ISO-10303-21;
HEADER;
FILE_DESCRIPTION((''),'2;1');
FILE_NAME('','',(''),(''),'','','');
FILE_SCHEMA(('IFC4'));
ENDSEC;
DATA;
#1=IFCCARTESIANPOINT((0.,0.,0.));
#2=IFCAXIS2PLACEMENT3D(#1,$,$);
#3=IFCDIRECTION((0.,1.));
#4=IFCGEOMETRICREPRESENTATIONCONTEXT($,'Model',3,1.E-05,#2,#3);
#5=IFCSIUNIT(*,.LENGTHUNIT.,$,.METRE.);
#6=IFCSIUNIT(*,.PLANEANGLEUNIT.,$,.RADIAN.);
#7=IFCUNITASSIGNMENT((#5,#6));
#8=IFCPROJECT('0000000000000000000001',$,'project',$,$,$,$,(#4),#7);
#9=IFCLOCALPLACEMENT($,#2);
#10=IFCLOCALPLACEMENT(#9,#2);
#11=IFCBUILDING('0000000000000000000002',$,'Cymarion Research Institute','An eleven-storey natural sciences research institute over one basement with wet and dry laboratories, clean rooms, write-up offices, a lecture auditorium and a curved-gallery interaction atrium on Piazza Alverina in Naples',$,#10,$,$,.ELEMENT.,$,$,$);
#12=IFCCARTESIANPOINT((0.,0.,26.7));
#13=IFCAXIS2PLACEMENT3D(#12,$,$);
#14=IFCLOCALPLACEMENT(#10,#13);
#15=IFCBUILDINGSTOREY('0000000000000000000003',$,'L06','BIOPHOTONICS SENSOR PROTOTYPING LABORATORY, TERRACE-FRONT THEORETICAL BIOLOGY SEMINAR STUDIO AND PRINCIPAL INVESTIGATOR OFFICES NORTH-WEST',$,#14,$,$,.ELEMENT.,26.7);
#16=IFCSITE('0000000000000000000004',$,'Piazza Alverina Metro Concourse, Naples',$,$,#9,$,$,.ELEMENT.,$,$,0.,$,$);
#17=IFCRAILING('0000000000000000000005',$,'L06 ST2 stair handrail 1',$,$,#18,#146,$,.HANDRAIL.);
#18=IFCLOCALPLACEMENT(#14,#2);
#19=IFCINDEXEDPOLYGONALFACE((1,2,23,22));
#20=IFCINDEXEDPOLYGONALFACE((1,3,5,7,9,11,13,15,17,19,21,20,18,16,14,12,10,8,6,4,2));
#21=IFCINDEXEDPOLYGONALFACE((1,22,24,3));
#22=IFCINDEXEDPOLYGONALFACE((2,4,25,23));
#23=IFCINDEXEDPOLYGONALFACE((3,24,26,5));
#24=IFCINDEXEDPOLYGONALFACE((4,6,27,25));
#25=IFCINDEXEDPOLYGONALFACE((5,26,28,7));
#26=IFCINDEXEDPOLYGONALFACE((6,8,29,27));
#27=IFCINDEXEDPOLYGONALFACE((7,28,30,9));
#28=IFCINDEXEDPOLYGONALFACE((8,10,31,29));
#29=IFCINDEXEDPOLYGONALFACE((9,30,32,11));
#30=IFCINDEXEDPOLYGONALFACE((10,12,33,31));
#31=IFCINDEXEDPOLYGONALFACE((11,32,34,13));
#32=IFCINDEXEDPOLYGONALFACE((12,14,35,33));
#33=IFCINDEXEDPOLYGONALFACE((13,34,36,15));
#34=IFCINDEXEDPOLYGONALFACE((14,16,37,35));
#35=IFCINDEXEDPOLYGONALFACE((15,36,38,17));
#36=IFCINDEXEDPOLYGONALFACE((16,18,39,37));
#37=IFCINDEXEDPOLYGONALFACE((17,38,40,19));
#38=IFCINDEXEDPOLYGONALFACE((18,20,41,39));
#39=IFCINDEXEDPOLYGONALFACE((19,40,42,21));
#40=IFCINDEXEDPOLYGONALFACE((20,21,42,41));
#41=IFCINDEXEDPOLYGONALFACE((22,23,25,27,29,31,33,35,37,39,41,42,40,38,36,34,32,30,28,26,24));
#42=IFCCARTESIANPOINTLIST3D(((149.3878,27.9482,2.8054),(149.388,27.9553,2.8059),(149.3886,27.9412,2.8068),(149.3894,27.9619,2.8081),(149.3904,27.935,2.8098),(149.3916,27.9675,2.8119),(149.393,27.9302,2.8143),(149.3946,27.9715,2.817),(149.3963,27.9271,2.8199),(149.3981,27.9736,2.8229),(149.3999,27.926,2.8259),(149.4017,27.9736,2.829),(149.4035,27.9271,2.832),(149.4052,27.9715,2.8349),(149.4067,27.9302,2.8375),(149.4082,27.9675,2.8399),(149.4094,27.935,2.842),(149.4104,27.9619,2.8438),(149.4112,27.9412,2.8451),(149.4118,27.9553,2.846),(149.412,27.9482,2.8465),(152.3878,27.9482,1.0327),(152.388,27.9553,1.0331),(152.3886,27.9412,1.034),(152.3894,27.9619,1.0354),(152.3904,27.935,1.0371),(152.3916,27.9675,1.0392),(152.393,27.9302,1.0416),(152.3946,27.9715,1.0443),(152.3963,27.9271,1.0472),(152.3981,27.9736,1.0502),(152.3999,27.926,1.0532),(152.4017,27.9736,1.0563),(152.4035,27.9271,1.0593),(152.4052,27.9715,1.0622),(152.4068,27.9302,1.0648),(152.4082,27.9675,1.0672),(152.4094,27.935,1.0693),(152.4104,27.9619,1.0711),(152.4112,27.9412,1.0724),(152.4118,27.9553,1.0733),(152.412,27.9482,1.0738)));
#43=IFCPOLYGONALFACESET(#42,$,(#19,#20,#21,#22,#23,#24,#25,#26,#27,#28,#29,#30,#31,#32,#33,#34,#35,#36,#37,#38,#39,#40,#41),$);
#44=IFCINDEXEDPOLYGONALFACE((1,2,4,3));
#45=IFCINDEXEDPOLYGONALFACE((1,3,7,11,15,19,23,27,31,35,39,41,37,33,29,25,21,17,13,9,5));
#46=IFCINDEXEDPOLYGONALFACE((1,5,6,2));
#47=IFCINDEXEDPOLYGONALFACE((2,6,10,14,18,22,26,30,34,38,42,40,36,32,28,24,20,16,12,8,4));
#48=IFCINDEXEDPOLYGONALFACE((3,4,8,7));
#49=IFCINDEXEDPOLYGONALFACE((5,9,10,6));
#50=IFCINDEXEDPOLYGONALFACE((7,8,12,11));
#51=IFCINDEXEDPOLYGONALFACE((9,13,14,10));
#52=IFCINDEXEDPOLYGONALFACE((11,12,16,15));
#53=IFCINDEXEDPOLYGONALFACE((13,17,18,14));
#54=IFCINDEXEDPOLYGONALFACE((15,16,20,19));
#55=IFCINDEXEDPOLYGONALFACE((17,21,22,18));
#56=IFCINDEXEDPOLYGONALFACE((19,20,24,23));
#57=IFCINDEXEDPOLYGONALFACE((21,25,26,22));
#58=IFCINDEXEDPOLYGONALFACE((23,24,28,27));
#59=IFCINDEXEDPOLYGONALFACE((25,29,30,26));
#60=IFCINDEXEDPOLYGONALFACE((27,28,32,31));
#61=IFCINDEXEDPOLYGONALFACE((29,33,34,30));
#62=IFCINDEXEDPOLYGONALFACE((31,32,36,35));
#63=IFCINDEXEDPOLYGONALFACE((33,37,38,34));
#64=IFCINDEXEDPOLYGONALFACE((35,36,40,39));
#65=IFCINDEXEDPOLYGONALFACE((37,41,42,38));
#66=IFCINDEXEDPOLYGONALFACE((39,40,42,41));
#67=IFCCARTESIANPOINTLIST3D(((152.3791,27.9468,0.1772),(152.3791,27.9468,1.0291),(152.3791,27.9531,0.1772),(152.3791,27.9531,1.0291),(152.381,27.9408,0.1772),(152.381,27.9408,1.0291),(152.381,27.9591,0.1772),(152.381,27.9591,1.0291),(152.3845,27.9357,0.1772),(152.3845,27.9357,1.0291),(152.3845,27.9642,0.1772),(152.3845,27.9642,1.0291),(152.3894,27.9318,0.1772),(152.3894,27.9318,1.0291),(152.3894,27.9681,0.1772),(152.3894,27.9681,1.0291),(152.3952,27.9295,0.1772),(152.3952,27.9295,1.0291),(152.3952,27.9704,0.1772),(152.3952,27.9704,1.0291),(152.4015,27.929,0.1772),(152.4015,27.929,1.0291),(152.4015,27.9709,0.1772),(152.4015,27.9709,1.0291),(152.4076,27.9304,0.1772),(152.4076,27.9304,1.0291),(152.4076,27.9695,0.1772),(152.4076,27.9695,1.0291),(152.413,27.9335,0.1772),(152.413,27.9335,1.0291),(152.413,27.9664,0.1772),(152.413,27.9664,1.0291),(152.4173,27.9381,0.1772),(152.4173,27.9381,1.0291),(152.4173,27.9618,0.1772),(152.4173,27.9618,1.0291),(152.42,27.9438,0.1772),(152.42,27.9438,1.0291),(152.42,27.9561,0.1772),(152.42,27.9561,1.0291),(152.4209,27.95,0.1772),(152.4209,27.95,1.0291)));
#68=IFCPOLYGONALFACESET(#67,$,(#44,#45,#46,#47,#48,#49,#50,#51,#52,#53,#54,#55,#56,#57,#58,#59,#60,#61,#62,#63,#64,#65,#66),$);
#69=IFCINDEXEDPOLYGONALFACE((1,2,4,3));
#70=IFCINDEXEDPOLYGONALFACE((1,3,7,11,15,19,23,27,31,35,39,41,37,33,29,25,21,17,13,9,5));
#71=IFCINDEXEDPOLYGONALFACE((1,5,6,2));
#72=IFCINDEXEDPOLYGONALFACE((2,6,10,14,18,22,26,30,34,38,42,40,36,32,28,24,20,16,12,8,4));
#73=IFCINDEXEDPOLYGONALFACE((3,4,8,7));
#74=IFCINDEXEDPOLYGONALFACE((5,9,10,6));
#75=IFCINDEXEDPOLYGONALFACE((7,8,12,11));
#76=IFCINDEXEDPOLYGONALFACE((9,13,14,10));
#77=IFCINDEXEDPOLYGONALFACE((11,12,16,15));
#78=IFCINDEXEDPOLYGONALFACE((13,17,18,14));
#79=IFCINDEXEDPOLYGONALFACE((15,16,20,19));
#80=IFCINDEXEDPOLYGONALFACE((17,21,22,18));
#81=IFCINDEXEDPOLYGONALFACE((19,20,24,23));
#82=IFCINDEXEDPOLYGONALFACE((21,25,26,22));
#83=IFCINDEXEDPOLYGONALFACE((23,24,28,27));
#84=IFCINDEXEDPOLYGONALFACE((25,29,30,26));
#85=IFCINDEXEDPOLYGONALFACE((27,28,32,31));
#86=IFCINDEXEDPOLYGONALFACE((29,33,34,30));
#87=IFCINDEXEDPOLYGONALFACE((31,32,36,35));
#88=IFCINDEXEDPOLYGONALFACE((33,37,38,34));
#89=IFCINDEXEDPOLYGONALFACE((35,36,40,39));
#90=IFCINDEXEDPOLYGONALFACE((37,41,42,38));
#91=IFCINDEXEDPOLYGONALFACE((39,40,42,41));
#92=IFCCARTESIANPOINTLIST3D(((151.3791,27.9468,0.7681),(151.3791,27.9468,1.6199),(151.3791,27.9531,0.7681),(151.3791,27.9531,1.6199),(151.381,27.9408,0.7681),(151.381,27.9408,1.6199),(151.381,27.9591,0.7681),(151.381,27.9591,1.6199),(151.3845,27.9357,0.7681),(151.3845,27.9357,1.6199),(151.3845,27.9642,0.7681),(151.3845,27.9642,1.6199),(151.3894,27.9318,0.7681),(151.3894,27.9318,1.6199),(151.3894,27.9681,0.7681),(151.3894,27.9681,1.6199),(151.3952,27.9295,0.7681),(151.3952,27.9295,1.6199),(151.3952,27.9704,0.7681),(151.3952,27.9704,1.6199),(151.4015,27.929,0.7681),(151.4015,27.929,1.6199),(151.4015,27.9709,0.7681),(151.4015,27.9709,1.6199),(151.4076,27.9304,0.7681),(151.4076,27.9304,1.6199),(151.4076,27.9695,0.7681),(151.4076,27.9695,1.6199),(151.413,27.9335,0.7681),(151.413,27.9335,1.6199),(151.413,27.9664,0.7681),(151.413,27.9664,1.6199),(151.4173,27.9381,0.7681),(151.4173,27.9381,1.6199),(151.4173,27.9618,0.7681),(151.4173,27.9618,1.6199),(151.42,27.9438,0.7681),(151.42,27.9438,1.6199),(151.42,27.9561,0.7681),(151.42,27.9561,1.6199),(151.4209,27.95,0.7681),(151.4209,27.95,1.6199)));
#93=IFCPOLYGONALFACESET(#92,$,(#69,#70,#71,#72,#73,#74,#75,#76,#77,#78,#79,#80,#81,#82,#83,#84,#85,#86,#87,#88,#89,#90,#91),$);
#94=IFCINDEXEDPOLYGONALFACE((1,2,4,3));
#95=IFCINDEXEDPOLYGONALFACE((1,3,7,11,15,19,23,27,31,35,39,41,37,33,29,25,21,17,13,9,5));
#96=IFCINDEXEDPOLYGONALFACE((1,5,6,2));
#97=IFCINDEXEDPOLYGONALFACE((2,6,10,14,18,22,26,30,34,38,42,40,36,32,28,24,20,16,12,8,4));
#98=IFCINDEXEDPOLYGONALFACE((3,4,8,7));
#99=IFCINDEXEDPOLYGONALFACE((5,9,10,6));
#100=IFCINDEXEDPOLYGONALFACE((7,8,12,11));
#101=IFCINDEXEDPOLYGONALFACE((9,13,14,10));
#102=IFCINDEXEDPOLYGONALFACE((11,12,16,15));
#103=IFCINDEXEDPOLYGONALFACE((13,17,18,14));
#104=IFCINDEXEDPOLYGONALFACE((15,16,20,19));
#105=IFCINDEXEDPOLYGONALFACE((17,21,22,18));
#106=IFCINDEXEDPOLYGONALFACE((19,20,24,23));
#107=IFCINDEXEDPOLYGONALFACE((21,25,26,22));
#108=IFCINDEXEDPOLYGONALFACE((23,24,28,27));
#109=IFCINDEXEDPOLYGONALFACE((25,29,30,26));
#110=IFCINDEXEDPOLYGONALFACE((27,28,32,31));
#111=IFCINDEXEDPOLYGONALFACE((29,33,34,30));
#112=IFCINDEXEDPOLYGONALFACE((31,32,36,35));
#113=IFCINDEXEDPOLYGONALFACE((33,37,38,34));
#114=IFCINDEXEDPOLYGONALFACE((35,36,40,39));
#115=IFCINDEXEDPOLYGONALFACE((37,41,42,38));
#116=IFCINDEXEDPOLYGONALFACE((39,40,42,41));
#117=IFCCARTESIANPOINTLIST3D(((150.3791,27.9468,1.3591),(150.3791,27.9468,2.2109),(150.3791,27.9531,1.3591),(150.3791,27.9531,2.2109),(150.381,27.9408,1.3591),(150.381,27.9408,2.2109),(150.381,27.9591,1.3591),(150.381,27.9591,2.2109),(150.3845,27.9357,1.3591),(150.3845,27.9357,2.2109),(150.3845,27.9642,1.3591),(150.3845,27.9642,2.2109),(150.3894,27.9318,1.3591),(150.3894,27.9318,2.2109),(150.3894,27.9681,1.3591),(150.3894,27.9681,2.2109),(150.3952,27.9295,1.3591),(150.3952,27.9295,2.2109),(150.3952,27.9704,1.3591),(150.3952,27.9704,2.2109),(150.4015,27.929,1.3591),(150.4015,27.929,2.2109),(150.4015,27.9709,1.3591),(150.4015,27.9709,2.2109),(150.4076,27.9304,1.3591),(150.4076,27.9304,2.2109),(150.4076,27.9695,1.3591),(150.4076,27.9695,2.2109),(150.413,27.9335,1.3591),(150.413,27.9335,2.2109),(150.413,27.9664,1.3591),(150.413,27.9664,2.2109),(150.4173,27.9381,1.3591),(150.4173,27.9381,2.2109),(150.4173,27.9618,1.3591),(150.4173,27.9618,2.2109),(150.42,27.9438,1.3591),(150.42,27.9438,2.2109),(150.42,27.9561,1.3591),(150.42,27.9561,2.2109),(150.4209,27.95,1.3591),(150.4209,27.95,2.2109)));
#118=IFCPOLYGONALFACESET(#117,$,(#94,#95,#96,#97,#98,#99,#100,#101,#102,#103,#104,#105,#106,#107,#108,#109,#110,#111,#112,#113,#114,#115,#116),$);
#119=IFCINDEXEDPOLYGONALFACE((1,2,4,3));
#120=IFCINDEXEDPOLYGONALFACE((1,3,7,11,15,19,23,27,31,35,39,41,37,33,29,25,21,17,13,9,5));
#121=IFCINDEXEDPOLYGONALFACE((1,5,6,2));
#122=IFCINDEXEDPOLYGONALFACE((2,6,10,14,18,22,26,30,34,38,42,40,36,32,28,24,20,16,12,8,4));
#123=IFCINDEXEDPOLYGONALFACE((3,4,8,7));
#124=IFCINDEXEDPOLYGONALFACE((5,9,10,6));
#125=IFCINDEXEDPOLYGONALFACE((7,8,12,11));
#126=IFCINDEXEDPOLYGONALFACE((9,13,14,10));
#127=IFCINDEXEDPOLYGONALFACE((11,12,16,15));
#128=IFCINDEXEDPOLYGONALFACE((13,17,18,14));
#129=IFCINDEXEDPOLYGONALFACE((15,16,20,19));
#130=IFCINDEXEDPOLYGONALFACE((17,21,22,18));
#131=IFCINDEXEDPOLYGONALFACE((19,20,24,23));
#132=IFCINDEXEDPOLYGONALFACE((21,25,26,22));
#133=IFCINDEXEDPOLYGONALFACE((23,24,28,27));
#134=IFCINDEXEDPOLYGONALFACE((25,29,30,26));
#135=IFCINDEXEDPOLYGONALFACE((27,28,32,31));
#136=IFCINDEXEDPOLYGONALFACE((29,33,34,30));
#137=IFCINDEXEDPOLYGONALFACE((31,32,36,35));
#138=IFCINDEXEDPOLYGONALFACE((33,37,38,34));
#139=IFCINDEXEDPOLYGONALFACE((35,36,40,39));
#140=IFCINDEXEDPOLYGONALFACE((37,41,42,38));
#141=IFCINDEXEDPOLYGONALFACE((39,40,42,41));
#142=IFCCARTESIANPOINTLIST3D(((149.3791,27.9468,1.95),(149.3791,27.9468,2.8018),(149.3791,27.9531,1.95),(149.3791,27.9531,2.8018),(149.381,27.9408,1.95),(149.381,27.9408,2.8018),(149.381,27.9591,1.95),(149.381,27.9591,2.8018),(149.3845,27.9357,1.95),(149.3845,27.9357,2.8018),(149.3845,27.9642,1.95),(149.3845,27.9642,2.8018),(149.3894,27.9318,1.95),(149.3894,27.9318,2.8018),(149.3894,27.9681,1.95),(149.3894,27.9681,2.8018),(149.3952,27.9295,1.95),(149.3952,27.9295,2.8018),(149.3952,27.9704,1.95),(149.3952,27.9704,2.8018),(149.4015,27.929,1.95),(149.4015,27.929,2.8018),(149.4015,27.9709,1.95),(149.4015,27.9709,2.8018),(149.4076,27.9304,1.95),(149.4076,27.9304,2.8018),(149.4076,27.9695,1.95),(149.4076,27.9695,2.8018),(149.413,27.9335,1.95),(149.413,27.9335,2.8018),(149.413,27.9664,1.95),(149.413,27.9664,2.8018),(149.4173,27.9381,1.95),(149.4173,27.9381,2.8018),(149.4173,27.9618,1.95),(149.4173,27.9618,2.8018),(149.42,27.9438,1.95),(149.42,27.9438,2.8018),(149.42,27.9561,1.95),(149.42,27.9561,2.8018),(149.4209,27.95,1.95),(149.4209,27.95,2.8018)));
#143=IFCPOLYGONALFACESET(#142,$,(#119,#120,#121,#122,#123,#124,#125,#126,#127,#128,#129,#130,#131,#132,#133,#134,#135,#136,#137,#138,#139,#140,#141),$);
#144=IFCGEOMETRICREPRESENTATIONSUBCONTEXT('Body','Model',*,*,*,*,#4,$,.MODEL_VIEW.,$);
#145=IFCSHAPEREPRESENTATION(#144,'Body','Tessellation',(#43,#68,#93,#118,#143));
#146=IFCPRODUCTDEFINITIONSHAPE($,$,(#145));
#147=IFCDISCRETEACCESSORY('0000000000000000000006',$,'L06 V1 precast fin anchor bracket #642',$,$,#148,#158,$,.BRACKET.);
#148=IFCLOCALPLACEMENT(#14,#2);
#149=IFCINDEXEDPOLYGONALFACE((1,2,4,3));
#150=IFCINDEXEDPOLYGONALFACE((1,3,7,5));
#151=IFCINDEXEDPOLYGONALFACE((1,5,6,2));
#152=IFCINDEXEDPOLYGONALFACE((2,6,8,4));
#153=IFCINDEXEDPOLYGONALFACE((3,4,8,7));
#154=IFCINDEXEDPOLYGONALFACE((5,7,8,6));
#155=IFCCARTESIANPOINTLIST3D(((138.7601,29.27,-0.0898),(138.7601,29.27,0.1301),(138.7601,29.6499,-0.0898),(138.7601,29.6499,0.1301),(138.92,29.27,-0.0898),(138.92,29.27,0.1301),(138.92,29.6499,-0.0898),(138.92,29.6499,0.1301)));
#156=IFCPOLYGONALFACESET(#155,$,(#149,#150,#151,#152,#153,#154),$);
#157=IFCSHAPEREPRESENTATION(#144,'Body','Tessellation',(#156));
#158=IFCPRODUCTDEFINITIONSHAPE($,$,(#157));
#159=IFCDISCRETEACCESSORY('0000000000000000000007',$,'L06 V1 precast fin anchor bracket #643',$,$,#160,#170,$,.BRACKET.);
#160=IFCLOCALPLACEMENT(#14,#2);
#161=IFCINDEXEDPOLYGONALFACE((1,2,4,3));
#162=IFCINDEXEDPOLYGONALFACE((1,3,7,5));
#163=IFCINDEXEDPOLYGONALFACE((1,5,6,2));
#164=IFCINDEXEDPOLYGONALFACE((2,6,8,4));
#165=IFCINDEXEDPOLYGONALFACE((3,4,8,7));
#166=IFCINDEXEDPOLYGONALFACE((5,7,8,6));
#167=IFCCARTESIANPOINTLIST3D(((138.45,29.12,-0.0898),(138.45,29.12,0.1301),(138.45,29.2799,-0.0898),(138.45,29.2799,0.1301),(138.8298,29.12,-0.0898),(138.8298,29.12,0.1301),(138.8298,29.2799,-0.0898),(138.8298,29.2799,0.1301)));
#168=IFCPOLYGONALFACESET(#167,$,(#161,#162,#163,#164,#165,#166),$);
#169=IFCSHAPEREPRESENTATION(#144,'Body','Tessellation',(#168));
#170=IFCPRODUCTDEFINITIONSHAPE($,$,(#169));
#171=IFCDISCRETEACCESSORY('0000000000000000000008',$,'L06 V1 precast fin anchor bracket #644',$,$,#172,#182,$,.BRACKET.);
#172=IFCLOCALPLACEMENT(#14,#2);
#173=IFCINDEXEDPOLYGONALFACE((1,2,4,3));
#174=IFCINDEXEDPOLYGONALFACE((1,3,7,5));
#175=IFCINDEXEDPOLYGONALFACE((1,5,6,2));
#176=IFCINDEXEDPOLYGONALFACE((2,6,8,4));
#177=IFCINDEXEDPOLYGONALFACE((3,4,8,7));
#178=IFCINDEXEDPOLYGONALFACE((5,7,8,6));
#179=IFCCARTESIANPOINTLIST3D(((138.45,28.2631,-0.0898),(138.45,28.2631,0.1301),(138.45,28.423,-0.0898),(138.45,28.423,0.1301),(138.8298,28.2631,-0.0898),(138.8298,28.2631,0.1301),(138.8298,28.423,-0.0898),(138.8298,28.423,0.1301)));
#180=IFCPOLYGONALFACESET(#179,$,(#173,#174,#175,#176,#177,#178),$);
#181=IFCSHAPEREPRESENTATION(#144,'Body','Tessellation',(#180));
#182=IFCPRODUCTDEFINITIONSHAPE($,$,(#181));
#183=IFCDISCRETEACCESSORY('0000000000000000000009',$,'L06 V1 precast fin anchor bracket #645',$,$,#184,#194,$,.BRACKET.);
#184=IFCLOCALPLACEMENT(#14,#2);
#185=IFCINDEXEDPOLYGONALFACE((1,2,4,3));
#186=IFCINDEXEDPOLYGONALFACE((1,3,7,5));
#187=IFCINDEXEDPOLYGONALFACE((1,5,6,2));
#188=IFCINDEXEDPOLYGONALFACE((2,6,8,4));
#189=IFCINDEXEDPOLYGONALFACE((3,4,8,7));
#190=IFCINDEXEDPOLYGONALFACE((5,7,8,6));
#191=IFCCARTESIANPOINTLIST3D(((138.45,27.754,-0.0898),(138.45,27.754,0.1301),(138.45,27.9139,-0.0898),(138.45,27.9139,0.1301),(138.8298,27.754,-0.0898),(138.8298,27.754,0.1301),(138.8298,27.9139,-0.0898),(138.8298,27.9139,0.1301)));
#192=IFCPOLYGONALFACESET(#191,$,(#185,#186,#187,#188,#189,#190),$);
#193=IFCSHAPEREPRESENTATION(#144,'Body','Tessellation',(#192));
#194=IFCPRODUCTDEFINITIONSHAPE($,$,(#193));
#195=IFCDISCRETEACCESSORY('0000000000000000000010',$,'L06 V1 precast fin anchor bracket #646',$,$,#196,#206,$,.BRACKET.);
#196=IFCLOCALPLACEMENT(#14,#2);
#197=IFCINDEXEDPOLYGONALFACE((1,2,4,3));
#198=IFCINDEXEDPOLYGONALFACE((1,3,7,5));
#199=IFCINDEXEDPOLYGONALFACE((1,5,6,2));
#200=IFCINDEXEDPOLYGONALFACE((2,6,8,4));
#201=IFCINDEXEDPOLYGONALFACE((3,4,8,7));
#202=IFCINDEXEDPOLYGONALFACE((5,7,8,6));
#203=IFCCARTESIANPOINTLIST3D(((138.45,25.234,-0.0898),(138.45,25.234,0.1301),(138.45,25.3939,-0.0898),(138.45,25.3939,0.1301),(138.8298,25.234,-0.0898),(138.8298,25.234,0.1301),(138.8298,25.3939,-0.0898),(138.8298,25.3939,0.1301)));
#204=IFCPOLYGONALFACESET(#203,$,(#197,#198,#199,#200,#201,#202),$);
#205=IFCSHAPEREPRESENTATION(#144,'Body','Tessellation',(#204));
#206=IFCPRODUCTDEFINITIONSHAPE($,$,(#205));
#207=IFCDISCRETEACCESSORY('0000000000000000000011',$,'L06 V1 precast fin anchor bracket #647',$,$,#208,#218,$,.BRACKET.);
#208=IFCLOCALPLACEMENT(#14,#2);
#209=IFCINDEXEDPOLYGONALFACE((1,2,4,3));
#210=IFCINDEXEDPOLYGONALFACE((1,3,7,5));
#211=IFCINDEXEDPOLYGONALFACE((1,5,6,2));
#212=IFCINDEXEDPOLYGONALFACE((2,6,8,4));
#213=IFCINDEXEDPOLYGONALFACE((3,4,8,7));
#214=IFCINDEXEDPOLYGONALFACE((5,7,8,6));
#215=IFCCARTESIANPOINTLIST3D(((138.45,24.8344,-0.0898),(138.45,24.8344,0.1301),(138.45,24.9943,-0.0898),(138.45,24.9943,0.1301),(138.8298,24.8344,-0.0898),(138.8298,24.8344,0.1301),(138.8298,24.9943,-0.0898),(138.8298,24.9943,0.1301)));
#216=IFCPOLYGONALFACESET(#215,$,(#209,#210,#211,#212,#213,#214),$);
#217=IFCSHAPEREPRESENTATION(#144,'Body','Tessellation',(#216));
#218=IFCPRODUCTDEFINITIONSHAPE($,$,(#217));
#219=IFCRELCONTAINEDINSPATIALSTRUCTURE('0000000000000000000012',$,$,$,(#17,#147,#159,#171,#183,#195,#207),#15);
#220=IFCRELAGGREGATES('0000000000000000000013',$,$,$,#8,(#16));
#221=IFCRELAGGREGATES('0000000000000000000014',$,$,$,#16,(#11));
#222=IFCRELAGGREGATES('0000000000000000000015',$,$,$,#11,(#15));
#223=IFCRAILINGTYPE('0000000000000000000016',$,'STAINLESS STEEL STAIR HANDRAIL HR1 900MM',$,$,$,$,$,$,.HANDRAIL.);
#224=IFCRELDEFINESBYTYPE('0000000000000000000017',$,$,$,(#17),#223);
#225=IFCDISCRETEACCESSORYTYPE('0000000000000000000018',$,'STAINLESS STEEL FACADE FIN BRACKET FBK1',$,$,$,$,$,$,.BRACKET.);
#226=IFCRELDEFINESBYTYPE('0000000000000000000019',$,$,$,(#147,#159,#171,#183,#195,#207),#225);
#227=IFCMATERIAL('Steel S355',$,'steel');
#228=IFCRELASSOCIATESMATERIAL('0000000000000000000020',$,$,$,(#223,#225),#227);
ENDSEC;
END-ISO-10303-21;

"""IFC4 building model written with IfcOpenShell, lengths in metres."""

from ifc_helpers import new_model, si_unit, direction, frame, origin, origin_2d, place, context, subcontext, project, spatial, rectangle, circle, extrude, material, type_object, element, save


model = new_model("IFC4")

# Units and contexts
model_context = context("Model", 3, precision=1e-05, world=origin(), true_north=direction((0.0, 1.0)))
body_context = subcontext(model_context, "Body", "Model", "MODEL_VIEW")
ifc_project = project(units=[si_unit("LENGTHUNIT", "METRE"), si_unit("PLANEANGLEUNIT", "RADIAN")], contexts=[model_context])

# Site, building, storey
site_placement = place(None, origin())
site = spatial("IfcSite", under=ifc_project, at=site_placement, Name="Piazza Alverina Metro Concourse, Naples", CompositionType="ELEMENT", RefElevation=0.0)
building_placement = place(site_placement, origin())
building = spatial("IfcBuilding", under=site, at=building_placement, Name="Cymarion Research Institute", Description="An eleven-storey natural sciences research institute over one basement with wet and dry laboratories, clean rooms, write-up offices, a lecture auditorium and a curved-gallery interaction atrium on Piazza Alverina in Naples", CompositionType="ELEMENT")
storey_placement = place(building_placement, frame((0.0, 0.0, 26.7)))
storey = spatial("IfcBuildingStorey", under=building, at=storey_placement, Name="L06", Description="BIOPHOTONICS SENSOR PROTOTYPING LABORATORY, TERRACE-FRONT THEORETICAL BIOLOGY SEMINAR STUDIO AND PRINCIPAL INVESTIGATOR OFFICES NORTH-WEST", CompositionType="ELEMENT", Elevation=26.7)

# Shared definitions
ifc_material_1 = material(Name="Steel S355", Category="steel")

# Railing
railing_type_1 = type_object("IfcRailingType", Name="STAINLESS STEEL STAIR HANDRAIL HR1 900MM", PredefinedType="HANDRAIL", material=ifc_material_1)
railing_1_placement = place(storey_placement, frame((152.3999, 27.95, 0.1772)))
element("IfcRailing", 1, at=railing_1_placement, inside=storey, type_object=railing_type_1, Name="L06 ST2 stair handrail 1", PredefinedType="HANDRAIL", context=body_context, shape_type="SweptSolid", body=[
    extrude(circle(Radius=0.0239, at=origin_2d()), frame((0.0, 0.0, 0.876), z_axis=(-0.860929, 0.0, 0.508725), x_axis=(0.0, -1.0, 0.0)), (0.0, 0.0, 1.0), 3.4846),
    extrude(circle(Radius=0.021, at=origin_2d()), origin(), (0.0, 0.0, 1.0), 0.8518),
    extrude(circle(Radius=0.021, at=origin_2d()), frame((-1.0, 0.0, 0.5908)), (0.0, 0.0, 1.0), 0.8518),
    extrude(circle(Radius=0.021, at=origin_2d()), frame((-2.0, 0.0, 1.1819)), (0.0, 0.0, 1.0), 0.8518),
    extrude(circle(Radius=0.021, at=origin_2d()), frame((-3.0, 0.0, 1.7727)), (0.0, 0.0, 1.0), 0.8518),
])

# Discrete accessories
discrete_accessory_type = type_object("IfcDiscreteAccessoryType", Name="STAINLESS STEEL FACADE FIN BRACKET FBK1", PredefinedType="BRACKET", material=ifc_material_1)
for number, where, z_axis, x_axis, name in (
    (2, (138.8401, 29.46, -0.0898), (0.0, 0.0, 1.0), (0.0, 1.0, 0.0), "L06 V1 precast fin anchor bracket #642"),
    (3, (138.6399, 29.2, -0.0898), (0.0, 0.0, 1.0), (-1.0, 0.0, 0.0), "L06 V1 precast fin anchor bracket #643"),
    (4, (138.6399, 28.343, -0.0898), (0.0, 0.0, 1.0), (-1.0, 0.0, 0.0), "L06 V1 precast fin anchor bracket #644"),
    (5, (138.6399, 27.834, -0.0898), (0.0, 0.0, 1.0), (-1.0, 0.0, 0.0), "L06 V1 precast fin anchor bracket #645"),
    (6, (138.6399, 25.314, -0.0898), (0.0, 0.0, 1.0), (-1.0, 0.0, 0.0), "L06 V1 precast fin anchor bracket #646"),
    (7, (138.6399, 24.9143, -0.0898), (0.0, 0.0, 1.0), (-1.0, 0.0, 0.0), "L06 V1 precast fin anchor bracket #647"),
):
    element("IfcDiscreteAccessory", number, at=place(storey_placement, frame(where, z_axis=z_axis, x_axis=x_axis)), inside=storey, type_object=discrete_accessory_type, Name=name, PredefinedType="BRACKET", context=body_context, shape_type="SweptSolid", body=[
        extrude(rectangle(XDim=0.3799, YDim=0.1599, at=origin_2d()), origin(), (0.0, 0.0, 1.0), 0.22),
    ])

save(model, "model.ifc")
